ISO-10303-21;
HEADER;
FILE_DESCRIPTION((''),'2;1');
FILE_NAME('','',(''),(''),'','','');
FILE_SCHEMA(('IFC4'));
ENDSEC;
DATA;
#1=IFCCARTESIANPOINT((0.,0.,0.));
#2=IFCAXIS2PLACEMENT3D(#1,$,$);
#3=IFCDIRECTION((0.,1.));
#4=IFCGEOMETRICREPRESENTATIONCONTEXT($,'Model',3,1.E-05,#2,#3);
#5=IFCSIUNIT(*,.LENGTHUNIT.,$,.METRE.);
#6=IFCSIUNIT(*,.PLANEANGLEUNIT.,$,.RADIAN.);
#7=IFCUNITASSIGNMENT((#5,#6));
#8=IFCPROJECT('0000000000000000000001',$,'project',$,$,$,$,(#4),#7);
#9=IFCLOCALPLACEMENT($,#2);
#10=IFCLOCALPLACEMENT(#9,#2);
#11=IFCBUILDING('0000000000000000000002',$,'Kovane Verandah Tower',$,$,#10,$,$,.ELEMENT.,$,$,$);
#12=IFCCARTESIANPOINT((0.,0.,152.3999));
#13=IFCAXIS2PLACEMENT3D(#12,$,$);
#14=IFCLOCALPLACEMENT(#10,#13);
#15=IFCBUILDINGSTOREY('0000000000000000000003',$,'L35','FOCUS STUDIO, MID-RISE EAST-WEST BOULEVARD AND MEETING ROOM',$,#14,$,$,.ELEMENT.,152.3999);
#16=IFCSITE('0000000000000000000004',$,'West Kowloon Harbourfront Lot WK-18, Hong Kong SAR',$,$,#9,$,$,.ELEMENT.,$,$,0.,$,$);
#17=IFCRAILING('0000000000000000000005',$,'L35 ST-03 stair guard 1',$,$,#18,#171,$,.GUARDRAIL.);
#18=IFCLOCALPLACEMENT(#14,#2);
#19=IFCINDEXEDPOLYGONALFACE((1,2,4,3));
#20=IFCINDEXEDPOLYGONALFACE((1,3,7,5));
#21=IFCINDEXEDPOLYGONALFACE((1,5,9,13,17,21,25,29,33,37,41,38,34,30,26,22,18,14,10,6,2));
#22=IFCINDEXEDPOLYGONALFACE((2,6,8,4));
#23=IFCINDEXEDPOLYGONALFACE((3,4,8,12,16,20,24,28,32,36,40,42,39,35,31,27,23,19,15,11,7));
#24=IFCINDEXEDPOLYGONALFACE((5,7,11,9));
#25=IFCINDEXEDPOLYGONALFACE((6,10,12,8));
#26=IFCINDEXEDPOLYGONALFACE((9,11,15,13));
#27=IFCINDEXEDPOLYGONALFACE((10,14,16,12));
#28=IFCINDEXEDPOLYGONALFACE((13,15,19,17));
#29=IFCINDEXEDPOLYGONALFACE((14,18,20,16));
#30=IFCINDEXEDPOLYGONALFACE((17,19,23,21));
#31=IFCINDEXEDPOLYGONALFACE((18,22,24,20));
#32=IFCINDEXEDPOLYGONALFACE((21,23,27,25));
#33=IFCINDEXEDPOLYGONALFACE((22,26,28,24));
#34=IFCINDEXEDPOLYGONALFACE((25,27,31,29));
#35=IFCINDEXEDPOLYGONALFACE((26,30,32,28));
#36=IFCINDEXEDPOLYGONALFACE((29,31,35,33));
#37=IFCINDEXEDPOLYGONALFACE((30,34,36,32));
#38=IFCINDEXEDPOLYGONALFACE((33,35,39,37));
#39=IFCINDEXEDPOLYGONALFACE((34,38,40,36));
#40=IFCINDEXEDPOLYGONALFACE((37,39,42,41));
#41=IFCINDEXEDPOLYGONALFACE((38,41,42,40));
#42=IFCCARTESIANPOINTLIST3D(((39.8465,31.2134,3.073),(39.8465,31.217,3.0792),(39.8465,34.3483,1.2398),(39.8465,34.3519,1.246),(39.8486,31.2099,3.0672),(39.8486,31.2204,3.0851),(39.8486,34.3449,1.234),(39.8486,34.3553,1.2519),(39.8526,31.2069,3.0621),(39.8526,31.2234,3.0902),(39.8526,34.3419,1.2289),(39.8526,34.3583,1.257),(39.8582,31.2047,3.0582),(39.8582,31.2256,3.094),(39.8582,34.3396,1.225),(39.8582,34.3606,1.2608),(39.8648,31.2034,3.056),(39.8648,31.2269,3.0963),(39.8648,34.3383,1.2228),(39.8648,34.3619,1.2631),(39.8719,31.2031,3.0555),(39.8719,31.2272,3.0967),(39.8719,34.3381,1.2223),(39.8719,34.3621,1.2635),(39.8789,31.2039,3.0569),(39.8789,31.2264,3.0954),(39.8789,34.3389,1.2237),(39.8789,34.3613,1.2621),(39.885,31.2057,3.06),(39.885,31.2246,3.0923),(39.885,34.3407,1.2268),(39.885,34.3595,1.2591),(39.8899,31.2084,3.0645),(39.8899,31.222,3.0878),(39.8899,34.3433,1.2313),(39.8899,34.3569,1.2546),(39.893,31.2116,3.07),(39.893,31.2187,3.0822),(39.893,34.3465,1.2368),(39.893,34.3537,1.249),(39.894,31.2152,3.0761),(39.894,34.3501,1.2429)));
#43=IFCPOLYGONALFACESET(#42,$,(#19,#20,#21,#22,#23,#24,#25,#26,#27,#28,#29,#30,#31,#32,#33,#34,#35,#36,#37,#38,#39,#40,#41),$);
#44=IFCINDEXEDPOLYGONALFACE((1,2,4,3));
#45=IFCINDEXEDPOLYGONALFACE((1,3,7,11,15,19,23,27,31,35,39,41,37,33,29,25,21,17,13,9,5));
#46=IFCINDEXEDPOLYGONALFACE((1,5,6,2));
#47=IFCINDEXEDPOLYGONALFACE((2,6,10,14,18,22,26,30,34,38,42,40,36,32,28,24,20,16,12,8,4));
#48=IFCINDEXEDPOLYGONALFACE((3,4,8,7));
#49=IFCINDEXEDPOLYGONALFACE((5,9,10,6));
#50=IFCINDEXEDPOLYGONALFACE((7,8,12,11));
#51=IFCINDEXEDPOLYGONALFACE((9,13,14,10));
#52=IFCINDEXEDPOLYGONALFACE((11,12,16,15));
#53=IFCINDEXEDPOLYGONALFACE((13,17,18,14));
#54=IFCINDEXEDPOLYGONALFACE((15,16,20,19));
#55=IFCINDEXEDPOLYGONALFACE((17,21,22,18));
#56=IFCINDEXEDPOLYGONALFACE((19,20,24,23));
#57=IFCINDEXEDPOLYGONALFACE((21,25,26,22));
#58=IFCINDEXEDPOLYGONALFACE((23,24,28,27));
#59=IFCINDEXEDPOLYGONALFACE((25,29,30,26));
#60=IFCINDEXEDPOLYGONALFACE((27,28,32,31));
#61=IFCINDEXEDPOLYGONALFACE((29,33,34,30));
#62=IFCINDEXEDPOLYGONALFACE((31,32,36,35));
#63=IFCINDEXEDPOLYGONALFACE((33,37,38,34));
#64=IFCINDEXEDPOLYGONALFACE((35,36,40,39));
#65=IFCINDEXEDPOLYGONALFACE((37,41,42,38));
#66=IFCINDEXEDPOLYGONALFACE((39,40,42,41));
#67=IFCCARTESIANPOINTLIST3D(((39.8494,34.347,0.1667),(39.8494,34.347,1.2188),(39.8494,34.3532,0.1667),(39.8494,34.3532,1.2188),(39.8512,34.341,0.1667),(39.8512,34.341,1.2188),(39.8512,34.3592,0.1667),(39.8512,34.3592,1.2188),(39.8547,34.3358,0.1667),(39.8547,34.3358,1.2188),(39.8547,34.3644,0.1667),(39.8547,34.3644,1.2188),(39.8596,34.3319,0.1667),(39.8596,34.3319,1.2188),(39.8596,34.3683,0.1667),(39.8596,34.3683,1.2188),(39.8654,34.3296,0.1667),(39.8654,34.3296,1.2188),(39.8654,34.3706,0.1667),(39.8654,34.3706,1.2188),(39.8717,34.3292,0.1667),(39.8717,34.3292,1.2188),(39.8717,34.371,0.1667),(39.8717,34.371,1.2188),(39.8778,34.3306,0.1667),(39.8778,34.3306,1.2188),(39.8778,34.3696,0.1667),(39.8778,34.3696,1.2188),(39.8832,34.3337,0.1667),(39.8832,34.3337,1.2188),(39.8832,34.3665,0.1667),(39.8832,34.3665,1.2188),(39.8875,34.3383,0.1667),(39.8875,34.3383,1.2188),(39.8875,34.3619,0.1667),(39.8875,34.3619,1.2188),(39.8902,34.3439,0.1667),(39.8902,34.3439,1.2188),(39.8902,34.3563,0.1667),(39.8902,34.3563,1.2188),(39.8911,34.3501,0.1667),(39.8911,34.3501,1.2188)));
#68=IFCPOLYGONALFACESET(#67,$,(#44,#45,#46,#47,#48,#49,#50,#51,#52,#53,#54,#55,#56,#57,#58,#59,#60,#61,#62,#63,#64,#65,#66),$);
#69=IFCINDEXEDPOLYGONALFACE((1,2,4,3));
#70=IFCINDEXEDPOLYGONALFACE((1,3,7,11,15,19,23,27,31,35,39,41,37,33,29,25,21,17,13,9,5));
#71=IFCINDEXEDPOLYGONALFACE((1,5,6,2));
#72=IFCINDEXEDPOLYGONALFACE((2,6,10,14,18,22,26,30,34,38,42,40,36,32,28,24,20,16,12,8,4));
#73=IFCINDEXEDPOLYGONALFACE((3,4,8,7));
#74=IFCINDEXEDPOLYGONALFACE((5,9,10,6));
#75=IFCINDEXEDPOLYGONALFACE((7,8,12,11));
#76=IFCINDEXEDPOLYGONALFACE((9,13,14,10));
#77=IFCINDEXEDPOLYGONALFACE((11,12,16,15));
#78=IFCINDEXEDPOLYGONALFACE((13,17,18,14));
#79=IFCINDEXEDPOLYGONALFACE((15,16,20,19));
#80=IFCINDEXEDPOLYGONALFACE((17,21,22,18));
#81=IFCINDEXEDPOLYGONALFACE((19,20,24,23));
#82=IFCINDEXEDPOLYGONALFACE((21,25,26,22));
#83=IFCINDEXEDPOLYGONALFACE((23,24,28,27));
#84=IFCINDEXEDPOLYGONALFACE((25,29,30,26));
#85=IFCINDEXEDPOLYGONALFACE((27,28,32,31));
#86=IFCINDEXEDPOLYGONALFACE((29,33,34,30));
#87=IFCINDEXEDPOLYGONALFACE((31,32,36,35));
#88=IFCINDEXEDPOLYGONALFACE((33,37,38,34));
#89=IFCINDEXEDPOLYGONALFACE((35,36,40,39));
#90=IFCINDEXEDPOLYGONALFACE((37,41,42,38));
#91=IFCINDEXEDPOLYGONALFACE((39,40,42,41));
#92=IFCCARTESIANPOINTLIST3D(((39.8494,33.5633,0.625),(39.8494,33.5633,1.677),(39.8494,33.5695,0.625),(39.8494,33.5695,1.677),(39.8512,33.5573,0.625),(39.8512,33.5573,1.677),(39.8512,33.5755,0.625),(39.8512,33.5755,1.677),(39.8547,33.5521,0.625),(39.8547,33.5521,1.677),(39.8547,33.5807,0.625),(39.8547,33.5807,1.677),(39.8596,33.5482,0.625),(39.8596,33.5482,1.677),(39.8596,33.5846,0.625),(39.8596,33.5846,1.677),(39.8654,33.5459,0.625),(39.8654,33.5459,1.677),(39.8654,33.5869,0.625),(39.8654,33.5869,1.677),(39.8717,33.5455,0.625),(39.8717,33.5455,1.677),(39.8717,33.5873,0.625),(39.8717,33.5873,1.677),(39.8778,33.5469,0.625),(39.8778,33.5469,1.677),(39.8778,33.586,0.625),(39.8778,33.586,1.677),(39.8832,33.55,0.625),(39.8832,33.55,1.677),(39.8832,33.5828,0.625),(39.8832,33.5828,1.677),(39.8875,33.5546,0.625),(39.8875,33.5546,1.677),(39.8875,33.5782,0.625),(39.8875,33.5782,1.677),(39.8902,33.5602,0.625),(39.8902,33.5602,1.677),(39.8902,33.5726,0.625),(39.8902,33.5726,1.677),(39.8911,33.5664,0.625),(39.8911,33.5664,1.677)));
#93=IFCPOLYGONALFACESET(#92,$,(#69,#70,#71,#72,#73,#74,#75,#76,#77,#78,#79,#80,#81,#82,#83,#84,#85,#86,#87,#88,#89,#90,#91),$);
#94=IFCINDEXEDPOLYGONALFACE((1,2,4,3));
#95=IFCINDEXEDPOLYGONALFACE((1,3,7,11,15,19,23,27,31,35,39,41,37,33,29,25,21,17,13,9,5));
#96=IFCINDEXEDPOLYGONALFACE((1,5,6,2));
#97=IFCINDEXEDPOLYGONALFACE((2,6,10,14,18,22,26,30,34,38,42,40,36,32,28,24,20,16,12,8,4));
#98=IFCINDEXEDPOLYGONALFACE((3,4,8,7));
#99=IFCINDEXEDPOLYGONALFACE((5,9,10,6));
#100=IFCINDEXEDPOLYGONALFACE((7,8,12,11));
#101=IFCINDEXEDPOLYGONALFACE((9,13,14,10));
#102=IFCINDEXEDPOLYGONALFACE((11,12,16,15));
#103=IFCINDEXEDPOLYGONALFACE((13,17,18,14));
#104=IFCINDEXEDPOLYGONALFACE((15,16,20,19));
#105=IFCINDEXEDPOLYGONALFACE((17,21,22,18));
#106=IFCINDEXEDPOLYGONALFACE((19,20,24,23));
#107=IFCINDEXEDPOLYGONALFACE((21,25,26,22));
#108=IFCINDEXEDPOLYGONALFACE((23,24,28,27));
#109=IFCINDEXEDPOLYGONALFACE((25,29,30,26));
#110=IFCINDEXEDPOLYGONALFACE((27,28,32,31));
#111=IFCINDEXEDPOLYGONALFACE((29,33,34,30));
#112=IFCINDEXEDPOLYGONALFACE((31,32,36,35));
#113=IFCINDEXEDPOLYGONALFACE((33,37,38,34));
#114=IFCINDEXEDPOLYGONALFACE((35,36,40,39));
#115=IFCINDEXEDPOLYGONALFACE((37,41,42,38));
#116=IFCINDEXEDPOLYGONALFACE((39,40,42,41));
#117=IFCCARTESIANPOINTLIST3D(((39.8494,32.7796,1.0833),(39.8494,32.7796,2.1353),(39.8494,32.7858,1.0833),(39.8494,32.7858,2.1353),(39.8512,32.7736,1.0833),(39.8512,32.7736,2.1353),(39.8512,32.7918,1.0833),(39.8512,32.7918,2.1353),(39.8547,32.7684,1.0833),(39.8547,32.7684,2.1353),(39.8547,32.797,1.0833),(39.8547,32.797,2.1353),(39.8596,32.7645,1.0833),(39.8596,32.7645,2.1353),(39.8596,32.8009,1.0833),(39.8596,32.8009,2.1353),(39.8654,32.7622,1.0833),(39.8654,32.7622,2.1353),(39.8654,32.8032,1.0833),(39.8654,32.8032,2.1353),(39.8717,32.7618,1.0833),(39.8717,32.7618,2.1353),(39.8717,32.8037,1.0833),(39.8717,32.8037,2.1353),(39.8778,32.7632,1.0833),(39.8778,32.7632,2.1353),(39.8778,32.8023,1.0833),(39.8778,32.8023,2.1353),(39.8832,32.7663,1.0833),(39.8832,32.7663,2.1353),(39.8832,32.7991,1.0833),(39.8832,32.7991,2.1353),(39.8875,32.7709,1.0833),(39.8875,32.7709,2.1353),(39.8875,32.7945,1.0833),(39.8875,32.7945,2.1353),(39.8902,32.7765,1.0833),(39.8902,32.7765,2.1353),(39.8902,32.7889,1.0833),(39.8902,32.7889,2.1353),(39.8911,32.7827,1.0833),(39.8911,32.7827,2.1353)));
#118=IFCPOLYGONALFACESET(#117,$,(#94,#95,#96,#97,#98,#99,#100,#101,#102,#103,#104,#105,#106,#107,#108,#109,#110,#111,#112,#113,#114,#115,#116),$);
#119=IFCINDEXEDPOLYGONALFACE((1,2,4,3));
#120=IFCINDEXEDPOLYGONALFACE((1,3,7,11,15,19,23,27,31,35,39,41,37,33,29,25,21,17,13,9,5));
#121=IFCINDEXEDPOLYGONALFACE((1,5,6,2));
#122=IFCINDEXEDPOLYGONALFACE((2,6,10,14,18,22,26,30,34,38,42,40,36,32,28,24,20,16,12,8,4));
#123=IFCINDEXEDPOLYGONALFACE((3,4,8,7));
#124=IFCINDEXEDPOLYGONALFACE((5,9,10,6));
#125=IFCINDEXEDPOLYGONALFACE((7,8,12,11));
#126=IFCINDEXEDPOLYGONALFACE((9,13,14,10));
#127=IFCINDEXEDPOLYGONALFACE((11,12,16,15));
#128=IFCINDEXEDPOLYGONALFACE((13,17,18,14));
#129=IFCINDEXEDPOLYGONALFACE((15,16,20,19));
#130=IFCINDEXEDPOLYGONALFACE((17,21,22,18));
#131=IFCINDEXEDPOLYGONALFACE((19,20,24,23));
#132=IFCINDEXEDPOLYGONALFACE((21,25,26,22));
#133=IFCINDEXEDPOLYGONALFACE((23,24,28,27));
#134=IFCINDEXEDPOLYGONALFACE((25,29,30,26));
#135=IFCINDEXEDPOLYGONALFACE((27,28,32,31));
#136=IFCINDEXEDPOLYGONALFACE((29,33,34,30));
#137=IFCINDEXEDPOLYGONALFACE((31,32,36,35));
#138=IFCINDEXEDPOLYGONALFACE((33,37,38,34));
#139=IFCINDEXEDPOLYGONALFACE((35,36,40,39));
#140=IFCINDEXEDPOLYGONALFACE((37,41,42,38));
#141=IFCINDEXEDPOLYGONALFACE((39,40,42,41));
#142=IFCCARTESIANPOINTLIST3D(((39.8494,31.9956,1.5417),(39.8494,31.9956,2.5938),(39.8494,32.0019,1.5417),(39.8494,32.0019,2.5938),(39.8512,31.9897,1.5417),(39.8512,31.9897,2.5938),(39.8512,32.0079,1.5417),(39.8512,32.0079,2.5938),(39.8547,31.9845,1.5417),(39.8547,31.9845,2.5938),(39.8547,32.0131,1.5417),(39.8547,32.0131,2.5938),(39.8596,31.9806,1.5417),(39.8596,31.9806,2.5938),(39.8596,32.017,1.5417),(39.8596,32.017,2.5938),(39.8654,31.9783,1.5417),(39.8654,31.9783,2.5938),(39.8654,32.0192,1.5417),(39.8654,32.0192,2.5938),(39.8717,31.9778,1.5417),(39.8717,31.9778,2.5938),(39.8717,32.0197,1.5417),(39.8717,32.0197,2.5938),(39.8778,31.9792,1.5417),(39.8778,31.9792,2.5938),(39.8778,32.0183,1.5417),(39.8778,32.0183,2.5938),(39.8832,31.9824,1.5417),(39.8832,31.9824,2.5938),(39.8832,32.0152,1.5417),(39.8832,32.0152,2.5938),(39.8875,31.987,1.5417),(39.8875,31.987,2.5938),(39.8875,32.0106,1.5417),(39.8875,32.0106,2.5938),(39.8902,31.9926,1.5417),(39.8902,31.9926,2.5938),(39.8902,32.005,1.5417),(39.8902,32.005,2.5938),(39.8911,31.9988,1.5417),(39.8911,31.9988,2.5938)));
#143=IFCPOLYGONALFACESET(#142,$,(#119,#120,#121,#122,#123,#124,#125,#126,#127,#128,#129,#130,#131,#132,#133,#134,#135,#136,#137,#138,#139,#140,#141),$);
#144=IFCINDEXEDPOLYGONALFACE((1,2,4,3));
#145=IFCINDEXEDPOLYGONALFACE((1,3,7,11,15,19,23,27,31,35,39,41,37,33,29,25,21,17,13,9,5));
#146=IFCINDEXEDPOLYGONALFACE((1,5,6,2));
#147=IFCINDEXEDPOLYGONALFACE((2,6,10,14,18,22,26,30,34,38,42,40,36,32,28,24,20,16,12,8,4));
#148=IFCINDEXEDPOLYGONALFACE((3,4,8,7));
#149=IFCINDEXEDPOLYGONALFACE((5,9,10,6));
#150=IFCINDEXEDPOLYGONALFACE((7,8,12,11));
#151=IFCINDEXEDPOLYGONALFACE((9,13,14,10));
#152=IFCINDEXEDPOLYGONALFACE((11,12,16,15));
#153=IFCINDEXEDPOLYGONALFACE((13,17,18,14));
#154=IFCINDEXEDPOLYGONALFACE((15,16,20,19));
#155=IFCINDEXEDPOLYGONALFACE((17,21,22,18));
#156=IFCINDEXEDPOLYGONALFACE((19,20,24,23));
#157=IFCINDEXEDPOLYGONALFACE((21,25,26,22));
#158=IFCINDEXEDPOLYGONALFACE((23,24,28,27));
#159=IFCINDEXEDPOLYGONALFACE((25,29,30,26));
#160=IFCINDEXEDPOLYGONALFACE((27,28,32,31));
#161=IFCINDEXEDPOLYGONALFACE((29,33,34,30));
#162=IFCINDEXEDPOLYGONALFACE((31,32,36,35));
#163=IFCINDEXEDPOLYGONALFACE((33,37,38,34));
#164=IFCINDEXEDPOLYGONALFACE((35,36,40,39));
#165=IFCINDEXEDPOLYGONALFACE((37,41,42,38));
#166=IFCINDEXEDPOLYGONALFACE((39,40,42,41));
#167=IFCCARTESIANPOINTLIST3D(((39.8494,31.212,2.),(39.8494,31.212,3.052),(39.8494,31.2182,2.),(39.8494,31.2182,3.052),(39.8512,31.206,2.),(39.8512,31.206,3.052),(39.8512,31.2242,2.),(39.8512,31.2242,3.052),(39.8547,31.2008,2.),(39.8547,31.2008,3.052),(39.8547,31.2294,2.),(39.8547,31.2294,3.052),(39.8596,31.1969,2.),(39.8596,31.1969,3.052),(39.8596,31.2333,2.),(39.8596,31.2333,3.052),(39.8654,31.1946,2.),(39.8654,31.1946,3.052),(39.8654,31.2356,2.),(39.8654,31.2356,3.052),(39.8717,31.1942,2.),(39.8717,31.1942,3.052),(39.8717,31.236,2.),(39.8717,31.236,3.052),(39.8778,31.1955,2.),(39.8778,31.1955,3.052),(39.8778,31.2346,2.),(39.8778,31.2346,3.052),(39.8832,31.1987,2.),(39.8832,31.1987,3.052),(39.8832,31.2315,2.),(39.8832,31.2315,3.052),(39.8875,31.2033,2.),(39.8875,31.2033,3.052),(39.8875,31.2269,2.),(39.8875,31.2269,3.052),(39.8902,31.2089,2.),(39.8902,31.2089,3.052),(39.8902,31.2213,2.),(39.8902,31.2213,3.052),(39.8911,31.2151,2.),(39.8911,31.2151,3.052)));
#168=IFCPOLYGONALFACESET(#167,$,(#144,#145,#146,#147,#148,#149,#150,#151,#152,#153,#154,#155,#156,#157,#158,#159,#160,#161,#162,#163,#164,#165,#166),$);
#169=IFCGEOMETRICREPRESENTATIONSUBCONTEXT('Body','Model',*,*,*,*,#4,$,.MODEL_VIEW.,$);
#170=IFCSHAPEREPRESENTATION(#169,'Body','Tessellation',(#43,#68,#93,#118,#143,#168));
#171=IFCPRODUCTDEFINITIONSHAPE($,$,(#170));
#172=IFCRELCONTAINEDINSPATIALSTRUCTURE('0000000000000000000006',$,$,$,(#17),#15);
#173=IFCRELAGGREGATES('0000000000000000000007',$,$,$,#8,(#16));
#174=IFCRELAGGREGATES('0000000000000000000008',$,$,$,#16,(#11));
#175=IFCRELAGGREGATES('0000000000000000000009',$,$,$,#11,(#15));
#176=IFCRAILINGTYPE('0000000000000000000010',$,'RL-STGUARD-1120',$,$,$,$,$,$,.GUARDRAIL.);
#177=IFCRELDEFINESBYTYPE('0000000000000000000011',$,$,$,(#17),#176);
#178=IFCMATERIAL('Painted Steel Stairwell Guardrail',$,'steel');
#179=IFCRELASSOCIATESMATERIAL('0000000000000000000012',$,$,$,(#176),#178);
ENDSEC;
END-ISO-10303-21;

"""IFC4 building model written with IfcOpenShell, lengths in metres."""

from ifc_helpers import new_model, si_unit, direction, frame, origin, origin_2d, place, context, subcontext, project, spatial, circle, extrude, material, type_object, element, save


model = new_model("IFC4")

# Units and contexts
model_context = context("Model", 3, precision=1e-05, world=origin(), true_north=direction((0.0, 1.0)))
body_context = subcontext(model_context, "Body", "Model", "MODEL_VIEW")
ifc_project = project(units=[si_unit("LENGTHUNIT", "METRE"), si_unit("PLANEANGLEUNIT", "RADIAN")], contexts=[model_context])

# Site, building, storey
site_placement = place(None, origin())
site = spatial("IfcSite", under=ifc_project, at=site_placement, Name="West Kowloon Harbourfront Lot WK-18, Hong Kong SAR", CompositionType="ELEMENT", RefElevation=0.0)
building_placement = place(site_placement, origin())
building = spatial("IfcBuilding", under=site, at=building_placement, Name="Kovane Verandah Tower", CompositionType="ELEMENT")
storey_placement = place(building_placement, frame((0.0, 0.0, 152.3999)))
storey = spatial("IfcBuildingStorey", under=building, at=storey_placement, Name="L35", Description="FOCUS STUDIO, MID-RISE EAST-WEST BOULEVARD AND MEETING ROOM", CompositionType="ELEMENT", Elevation=152.3999)

# Railing
ifc_material_1 = material(Name="Painted Steel Stairwell Guardrail", Category="steel")
railing_type_1 = type_object("IfcRailingType", Name="RL-STGUARD-1120", PredefinedType="GUARDRAIL", material=ifc_material_1)
railing_1_placement = place(storey_placement, frame((39.8701, 34.3501, 0.1667)))
element("IfcRailing", 1, at=railing_1_placement, inside=storey, type_object=railing_type_1, Name="L35 ST-03 stair guard 1", PredefinedType="GUARDRAIL", context=body_context, shape_type="SweptSolid", body=[
    extrude(circle(Radius=0.0239, at=origin_2d()), frame((0.0, 0.0, 1.0762), z_axis=(0.0, -0.86324, 0.504794), x_axis=(1.0, 0.0, 0.0)), (0.0, 0.0, 1.0), 3.6316),
    extrude(circle(Radius=0.021, at=origin_2d()), origin(), (0.0, 0.0, 1.0), 1.052),
    extrude(circle(Radius=0.021, at=origin_2d()), frame((0.0, -0.7837, 0.4583)), (0.0, 0.0, 1.0), 1.052),
    extrude(circle(Radius=0.021, at=origin_2d()), frame((0.0, -1.5674, 0.9165)), (0.0, 0.0, 1.0), 1.052),
    extrude(circle(Radius=0.021, at=origin_2d()), frame((0.0, -2.3513, 1.375)), (0.0, 0.0, 1.0), 1.052),
    extrude(circle(Radius=0.021, at=origin_2d()), frame((0.0, -3.135, 1.8333)), (0.0, 0.0, 1.0), 1.052),
])

save(model, "model.ifc")
